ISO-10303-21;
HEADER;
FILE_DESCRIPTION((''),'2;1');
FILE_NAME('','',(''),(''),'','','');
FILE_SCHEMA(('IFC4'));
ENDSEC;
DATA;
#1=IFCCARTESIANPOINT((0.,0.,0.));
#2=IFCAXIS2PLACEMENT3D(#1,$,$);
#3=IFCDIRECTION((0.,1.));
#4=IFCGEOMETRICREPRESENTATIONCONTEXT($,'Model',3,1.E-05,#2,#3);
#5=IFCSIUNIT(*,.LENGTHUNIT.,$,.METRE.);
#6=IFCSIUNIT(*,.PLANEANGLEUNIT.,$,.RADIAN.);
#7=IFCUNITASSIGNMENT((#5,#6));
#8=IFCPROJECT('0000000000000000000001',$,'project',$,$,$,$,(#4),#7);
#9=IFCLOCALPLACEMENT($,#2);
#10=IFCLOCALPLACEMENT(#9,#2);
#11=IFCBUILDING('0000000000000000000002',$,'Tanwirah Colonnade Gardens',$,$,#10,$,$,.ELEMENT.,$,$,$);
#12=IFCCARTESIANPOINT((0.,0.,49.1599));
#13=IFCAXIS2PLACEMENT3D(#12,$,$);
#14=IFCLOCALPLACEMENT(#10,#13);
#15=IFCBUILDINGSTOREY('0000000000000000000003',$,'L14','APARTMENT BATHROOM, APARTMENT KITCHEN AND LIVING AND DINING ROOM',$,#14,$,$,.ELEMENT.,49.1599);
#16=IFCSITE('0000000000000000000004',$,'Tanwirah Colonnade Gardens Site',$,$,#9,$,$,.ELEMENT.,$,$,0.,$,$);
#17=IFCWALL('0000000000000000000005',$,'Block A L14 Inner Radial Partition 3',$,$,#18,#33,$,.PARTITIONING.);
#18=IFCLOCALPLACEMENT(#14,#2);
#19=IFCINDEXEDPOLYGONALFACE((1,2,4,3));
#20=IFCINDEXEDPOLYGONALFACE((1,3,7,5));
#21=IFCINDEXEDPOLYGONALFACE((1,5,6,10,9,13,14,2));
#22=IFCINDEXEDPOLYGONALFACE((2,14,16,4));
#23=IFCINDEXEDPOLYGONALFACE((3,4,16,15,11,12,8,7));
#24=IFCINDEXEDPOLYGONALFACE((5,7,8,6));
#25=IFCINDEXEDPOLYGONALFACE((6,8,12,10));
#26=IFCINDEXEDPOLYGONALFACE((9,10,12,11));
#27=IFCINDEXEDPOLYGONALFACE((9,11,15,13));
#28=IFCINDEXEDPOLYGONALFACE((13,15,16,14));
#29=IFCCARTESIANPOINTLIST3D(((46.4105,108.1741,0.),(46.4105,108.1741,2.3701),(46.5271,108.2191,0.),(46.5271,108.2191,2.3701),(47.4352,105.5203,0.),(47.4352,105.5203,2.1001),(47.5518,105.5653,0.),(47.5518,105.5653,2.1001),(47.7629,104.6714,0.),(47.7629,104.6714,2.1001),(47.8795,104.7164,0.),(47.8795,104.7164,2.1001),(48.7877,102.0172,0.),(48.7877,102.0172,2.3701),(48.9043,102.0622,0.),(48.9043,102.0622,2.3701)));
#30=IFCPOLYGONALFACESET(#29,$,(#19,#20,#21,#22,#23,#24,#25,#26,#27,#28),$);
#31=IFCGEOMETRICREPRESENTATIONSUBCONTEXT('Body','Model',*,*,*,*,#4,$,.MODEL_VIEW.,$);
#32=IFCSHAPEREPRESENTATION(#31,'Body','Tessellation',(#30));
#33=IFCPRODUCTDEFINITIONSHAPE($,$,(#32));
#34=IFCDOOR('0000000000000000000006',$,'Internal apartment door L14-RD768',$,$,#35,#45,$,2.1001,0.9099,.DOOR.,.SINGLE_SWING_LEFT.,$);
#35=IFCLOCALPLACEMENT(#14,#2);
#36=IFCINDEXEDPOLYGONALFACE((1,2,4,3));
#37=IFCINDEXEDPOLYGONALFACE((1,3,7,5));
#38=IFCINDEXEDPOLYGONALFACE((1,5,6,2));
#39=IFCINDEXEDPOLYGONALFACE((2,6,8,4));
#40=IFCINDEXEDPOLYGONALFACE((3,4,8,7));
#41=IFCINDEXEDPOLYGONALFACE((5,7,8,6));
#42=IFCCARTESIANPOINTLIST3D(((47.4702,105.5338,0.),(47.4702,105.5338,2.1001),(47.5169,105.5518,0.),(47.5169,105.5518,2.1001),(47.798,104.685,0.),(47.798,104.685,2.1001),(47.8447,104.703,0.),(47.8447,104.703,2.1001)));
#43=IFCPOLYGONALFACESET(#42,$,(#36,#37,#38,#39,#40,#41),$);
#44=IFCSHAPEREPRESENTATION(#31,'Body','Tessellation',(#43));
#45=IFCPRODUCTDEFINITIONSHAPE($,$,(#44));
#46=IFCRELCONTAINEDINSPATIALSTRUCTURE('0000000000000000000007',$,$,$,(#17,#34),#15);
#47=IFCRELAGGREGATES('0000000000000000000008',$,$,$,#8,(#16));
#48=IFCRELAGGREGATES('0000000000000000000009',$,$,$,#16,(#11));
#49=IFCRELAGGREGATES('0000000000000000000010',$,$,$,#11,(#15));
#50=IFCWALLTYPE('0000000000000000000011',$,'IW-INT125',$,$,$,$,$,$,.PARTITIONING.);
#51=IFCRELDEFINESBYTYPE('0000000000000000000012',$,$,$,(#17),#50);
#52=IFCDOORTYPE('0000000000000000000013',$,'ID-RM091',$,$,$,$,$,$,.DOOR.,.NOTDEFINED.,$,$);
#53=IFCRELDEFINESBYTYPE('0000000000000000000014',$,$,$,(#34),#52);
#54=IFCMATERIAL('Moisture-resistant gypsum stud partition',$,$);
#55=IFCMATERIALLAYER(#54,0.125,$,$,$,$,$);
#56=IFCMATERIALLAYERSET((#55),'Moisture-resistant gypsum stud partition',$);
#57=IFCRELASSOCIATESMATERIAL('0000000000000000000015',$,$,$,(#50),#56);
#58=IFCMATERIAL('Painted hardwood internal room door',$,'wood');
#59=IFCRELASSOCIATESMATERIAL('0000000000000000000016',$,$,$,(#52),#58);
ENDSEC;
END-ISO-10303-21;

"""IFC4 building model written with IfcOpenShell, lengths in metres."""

from ifc_helpers import new_model, si_unit, direction, frame, frame_2d, origin, place, context, subcontext, project, spatial, rectangle, extrude, material, layer, layer_set, type_object, element, fill, save


model = new_model("IFC4")

# Units and contexts
model_context = context("Model", 3, precision=1e-05, world=origin(), true_north=direction((0.0, 1.0)))
body_context = subcontext(model_context, "Body", "Model", "MODEL_VIEW")
ifc_project = project(units=[si_unit("LENGTHUNIT", "METRE"), si_unit("PLANEANGLEUNIT", "RADIAN")], contexts=[model_context])

# Site, building, storey
site_placement = place(None, origin())
site = spatial("IfcSite", under=ifc_project, at=site_placement, Name="Tanwirah Colonnade Gardens Site", CompositionType="ELEMENT", RefElevation=0.0)
building_placement = place(site_placement, origin())
building = spatial("IfcBuilding", under=site, at=building_placement, Name="Tanwirah Colonnade Gardens", CompositionType="ELEMENT")
storey_placement = place(building_placement, frame((0.0, 0.0, 49.1599)))
storey = spatial("IfcBuildingStorey", under=building, at=storey_placement, Name="L14", Description="APARTMENT BATHROOM, APARTMENT KITCHEN AND LIVING AND DINING ROOM", CompositionType="ELEMENT", Elevation=49.1599)

# Wall, opening, door
ifc_material_1 = material(Name="Moisture-resistant gypsum stud partition")
ifc_layer_1 = layer(ifc_material_1, 0.125)
ifc_layer_set_1 = layer_set([ifc_layer_1], Name="Moisture-resistant gypsum stud partition")
wall_type_1 = type_object("IfcWallType", Name="IW-INT125", PredefinedType="PARTITIONING", material=ifc_layer_set_1)
wall_1_placement = place(storey_placement, frame((48.8459, 102.0398, 0.0), z_axis=(0.0, 0.0, 1.0), x_axis=(-0.360183, 0.932881, 0.0)))
wall_1 = element("IfcWall", 1, at=wall_1_placement, inside=storey, type_object=wall_type_1, Name="Block A L14 Inner Radial Partition 3", PredefinedType="PARTITIONING", context=body_context, shape_type="SweptSolid", body=[
    extrude(rectangle(XDim=6.5999, YDim=0.125, at=frame_2d((3.2998, 0.0))), origin(), (0.0, 0.0, 1.0), 2.3701),
])
opening_1_placement = place(wall_1_placement, frame((2.845, 0.0, 0.0)))
opening_1 = element("IfcOpeningElement", 2, at=opening_1_placement, cuts=wall_1, PredefinedType="OPENING", context=body_context, shape_type="SweptSolid", body=[
    extrude(rectangle(XDim=0.9099, YDim=2.1001, at=frame_2d((0.4551, 1.05))), frame((0.0, 0.0725, 0.0), z_axis=(0.0, -1.0, 0.0), x_axis=(1.0, 0.0, 0.0)), (0.0, 0.0, 1.0), 0.145),
])
ifc_material_2 = material(Name="Painted hardwood internal room door", Category="wood")
door_type_1 = type_object("IfcDoorType", Name="ID-RM091", OperationType="NOTDEFINED", PredefinedType="DOOR", material=ifc_material_2)
door_1_placement = place(opening_1_placement, origin())
door_1 = element("IfcDoor", 3, at=door_1_placement, inside=storey, type_object=door_type_1, Name="Internal apartment door L14-RD768", OperationType="SINGLE_SWING_LEFT", OverallHeight=2.1001, OverallWidth=0.9099, PredefinedType="DOOR", context=body_context, shape_type="SweptSolid", body=[
    extrude(rectangle(XDim=0.9099, YDim=2.1001, at=frame_2d((0.4551, 1.05))), frame((0.0, 0.0249, 0.0), z_axis=(0.0, -1.0, 0.0), x_axis=(1.0, 0.0, 0.0)), (0.0, 0.0, 1.0), 0.05),
])
fill(opening_1, door_1)

save(model, "model.ifc")
